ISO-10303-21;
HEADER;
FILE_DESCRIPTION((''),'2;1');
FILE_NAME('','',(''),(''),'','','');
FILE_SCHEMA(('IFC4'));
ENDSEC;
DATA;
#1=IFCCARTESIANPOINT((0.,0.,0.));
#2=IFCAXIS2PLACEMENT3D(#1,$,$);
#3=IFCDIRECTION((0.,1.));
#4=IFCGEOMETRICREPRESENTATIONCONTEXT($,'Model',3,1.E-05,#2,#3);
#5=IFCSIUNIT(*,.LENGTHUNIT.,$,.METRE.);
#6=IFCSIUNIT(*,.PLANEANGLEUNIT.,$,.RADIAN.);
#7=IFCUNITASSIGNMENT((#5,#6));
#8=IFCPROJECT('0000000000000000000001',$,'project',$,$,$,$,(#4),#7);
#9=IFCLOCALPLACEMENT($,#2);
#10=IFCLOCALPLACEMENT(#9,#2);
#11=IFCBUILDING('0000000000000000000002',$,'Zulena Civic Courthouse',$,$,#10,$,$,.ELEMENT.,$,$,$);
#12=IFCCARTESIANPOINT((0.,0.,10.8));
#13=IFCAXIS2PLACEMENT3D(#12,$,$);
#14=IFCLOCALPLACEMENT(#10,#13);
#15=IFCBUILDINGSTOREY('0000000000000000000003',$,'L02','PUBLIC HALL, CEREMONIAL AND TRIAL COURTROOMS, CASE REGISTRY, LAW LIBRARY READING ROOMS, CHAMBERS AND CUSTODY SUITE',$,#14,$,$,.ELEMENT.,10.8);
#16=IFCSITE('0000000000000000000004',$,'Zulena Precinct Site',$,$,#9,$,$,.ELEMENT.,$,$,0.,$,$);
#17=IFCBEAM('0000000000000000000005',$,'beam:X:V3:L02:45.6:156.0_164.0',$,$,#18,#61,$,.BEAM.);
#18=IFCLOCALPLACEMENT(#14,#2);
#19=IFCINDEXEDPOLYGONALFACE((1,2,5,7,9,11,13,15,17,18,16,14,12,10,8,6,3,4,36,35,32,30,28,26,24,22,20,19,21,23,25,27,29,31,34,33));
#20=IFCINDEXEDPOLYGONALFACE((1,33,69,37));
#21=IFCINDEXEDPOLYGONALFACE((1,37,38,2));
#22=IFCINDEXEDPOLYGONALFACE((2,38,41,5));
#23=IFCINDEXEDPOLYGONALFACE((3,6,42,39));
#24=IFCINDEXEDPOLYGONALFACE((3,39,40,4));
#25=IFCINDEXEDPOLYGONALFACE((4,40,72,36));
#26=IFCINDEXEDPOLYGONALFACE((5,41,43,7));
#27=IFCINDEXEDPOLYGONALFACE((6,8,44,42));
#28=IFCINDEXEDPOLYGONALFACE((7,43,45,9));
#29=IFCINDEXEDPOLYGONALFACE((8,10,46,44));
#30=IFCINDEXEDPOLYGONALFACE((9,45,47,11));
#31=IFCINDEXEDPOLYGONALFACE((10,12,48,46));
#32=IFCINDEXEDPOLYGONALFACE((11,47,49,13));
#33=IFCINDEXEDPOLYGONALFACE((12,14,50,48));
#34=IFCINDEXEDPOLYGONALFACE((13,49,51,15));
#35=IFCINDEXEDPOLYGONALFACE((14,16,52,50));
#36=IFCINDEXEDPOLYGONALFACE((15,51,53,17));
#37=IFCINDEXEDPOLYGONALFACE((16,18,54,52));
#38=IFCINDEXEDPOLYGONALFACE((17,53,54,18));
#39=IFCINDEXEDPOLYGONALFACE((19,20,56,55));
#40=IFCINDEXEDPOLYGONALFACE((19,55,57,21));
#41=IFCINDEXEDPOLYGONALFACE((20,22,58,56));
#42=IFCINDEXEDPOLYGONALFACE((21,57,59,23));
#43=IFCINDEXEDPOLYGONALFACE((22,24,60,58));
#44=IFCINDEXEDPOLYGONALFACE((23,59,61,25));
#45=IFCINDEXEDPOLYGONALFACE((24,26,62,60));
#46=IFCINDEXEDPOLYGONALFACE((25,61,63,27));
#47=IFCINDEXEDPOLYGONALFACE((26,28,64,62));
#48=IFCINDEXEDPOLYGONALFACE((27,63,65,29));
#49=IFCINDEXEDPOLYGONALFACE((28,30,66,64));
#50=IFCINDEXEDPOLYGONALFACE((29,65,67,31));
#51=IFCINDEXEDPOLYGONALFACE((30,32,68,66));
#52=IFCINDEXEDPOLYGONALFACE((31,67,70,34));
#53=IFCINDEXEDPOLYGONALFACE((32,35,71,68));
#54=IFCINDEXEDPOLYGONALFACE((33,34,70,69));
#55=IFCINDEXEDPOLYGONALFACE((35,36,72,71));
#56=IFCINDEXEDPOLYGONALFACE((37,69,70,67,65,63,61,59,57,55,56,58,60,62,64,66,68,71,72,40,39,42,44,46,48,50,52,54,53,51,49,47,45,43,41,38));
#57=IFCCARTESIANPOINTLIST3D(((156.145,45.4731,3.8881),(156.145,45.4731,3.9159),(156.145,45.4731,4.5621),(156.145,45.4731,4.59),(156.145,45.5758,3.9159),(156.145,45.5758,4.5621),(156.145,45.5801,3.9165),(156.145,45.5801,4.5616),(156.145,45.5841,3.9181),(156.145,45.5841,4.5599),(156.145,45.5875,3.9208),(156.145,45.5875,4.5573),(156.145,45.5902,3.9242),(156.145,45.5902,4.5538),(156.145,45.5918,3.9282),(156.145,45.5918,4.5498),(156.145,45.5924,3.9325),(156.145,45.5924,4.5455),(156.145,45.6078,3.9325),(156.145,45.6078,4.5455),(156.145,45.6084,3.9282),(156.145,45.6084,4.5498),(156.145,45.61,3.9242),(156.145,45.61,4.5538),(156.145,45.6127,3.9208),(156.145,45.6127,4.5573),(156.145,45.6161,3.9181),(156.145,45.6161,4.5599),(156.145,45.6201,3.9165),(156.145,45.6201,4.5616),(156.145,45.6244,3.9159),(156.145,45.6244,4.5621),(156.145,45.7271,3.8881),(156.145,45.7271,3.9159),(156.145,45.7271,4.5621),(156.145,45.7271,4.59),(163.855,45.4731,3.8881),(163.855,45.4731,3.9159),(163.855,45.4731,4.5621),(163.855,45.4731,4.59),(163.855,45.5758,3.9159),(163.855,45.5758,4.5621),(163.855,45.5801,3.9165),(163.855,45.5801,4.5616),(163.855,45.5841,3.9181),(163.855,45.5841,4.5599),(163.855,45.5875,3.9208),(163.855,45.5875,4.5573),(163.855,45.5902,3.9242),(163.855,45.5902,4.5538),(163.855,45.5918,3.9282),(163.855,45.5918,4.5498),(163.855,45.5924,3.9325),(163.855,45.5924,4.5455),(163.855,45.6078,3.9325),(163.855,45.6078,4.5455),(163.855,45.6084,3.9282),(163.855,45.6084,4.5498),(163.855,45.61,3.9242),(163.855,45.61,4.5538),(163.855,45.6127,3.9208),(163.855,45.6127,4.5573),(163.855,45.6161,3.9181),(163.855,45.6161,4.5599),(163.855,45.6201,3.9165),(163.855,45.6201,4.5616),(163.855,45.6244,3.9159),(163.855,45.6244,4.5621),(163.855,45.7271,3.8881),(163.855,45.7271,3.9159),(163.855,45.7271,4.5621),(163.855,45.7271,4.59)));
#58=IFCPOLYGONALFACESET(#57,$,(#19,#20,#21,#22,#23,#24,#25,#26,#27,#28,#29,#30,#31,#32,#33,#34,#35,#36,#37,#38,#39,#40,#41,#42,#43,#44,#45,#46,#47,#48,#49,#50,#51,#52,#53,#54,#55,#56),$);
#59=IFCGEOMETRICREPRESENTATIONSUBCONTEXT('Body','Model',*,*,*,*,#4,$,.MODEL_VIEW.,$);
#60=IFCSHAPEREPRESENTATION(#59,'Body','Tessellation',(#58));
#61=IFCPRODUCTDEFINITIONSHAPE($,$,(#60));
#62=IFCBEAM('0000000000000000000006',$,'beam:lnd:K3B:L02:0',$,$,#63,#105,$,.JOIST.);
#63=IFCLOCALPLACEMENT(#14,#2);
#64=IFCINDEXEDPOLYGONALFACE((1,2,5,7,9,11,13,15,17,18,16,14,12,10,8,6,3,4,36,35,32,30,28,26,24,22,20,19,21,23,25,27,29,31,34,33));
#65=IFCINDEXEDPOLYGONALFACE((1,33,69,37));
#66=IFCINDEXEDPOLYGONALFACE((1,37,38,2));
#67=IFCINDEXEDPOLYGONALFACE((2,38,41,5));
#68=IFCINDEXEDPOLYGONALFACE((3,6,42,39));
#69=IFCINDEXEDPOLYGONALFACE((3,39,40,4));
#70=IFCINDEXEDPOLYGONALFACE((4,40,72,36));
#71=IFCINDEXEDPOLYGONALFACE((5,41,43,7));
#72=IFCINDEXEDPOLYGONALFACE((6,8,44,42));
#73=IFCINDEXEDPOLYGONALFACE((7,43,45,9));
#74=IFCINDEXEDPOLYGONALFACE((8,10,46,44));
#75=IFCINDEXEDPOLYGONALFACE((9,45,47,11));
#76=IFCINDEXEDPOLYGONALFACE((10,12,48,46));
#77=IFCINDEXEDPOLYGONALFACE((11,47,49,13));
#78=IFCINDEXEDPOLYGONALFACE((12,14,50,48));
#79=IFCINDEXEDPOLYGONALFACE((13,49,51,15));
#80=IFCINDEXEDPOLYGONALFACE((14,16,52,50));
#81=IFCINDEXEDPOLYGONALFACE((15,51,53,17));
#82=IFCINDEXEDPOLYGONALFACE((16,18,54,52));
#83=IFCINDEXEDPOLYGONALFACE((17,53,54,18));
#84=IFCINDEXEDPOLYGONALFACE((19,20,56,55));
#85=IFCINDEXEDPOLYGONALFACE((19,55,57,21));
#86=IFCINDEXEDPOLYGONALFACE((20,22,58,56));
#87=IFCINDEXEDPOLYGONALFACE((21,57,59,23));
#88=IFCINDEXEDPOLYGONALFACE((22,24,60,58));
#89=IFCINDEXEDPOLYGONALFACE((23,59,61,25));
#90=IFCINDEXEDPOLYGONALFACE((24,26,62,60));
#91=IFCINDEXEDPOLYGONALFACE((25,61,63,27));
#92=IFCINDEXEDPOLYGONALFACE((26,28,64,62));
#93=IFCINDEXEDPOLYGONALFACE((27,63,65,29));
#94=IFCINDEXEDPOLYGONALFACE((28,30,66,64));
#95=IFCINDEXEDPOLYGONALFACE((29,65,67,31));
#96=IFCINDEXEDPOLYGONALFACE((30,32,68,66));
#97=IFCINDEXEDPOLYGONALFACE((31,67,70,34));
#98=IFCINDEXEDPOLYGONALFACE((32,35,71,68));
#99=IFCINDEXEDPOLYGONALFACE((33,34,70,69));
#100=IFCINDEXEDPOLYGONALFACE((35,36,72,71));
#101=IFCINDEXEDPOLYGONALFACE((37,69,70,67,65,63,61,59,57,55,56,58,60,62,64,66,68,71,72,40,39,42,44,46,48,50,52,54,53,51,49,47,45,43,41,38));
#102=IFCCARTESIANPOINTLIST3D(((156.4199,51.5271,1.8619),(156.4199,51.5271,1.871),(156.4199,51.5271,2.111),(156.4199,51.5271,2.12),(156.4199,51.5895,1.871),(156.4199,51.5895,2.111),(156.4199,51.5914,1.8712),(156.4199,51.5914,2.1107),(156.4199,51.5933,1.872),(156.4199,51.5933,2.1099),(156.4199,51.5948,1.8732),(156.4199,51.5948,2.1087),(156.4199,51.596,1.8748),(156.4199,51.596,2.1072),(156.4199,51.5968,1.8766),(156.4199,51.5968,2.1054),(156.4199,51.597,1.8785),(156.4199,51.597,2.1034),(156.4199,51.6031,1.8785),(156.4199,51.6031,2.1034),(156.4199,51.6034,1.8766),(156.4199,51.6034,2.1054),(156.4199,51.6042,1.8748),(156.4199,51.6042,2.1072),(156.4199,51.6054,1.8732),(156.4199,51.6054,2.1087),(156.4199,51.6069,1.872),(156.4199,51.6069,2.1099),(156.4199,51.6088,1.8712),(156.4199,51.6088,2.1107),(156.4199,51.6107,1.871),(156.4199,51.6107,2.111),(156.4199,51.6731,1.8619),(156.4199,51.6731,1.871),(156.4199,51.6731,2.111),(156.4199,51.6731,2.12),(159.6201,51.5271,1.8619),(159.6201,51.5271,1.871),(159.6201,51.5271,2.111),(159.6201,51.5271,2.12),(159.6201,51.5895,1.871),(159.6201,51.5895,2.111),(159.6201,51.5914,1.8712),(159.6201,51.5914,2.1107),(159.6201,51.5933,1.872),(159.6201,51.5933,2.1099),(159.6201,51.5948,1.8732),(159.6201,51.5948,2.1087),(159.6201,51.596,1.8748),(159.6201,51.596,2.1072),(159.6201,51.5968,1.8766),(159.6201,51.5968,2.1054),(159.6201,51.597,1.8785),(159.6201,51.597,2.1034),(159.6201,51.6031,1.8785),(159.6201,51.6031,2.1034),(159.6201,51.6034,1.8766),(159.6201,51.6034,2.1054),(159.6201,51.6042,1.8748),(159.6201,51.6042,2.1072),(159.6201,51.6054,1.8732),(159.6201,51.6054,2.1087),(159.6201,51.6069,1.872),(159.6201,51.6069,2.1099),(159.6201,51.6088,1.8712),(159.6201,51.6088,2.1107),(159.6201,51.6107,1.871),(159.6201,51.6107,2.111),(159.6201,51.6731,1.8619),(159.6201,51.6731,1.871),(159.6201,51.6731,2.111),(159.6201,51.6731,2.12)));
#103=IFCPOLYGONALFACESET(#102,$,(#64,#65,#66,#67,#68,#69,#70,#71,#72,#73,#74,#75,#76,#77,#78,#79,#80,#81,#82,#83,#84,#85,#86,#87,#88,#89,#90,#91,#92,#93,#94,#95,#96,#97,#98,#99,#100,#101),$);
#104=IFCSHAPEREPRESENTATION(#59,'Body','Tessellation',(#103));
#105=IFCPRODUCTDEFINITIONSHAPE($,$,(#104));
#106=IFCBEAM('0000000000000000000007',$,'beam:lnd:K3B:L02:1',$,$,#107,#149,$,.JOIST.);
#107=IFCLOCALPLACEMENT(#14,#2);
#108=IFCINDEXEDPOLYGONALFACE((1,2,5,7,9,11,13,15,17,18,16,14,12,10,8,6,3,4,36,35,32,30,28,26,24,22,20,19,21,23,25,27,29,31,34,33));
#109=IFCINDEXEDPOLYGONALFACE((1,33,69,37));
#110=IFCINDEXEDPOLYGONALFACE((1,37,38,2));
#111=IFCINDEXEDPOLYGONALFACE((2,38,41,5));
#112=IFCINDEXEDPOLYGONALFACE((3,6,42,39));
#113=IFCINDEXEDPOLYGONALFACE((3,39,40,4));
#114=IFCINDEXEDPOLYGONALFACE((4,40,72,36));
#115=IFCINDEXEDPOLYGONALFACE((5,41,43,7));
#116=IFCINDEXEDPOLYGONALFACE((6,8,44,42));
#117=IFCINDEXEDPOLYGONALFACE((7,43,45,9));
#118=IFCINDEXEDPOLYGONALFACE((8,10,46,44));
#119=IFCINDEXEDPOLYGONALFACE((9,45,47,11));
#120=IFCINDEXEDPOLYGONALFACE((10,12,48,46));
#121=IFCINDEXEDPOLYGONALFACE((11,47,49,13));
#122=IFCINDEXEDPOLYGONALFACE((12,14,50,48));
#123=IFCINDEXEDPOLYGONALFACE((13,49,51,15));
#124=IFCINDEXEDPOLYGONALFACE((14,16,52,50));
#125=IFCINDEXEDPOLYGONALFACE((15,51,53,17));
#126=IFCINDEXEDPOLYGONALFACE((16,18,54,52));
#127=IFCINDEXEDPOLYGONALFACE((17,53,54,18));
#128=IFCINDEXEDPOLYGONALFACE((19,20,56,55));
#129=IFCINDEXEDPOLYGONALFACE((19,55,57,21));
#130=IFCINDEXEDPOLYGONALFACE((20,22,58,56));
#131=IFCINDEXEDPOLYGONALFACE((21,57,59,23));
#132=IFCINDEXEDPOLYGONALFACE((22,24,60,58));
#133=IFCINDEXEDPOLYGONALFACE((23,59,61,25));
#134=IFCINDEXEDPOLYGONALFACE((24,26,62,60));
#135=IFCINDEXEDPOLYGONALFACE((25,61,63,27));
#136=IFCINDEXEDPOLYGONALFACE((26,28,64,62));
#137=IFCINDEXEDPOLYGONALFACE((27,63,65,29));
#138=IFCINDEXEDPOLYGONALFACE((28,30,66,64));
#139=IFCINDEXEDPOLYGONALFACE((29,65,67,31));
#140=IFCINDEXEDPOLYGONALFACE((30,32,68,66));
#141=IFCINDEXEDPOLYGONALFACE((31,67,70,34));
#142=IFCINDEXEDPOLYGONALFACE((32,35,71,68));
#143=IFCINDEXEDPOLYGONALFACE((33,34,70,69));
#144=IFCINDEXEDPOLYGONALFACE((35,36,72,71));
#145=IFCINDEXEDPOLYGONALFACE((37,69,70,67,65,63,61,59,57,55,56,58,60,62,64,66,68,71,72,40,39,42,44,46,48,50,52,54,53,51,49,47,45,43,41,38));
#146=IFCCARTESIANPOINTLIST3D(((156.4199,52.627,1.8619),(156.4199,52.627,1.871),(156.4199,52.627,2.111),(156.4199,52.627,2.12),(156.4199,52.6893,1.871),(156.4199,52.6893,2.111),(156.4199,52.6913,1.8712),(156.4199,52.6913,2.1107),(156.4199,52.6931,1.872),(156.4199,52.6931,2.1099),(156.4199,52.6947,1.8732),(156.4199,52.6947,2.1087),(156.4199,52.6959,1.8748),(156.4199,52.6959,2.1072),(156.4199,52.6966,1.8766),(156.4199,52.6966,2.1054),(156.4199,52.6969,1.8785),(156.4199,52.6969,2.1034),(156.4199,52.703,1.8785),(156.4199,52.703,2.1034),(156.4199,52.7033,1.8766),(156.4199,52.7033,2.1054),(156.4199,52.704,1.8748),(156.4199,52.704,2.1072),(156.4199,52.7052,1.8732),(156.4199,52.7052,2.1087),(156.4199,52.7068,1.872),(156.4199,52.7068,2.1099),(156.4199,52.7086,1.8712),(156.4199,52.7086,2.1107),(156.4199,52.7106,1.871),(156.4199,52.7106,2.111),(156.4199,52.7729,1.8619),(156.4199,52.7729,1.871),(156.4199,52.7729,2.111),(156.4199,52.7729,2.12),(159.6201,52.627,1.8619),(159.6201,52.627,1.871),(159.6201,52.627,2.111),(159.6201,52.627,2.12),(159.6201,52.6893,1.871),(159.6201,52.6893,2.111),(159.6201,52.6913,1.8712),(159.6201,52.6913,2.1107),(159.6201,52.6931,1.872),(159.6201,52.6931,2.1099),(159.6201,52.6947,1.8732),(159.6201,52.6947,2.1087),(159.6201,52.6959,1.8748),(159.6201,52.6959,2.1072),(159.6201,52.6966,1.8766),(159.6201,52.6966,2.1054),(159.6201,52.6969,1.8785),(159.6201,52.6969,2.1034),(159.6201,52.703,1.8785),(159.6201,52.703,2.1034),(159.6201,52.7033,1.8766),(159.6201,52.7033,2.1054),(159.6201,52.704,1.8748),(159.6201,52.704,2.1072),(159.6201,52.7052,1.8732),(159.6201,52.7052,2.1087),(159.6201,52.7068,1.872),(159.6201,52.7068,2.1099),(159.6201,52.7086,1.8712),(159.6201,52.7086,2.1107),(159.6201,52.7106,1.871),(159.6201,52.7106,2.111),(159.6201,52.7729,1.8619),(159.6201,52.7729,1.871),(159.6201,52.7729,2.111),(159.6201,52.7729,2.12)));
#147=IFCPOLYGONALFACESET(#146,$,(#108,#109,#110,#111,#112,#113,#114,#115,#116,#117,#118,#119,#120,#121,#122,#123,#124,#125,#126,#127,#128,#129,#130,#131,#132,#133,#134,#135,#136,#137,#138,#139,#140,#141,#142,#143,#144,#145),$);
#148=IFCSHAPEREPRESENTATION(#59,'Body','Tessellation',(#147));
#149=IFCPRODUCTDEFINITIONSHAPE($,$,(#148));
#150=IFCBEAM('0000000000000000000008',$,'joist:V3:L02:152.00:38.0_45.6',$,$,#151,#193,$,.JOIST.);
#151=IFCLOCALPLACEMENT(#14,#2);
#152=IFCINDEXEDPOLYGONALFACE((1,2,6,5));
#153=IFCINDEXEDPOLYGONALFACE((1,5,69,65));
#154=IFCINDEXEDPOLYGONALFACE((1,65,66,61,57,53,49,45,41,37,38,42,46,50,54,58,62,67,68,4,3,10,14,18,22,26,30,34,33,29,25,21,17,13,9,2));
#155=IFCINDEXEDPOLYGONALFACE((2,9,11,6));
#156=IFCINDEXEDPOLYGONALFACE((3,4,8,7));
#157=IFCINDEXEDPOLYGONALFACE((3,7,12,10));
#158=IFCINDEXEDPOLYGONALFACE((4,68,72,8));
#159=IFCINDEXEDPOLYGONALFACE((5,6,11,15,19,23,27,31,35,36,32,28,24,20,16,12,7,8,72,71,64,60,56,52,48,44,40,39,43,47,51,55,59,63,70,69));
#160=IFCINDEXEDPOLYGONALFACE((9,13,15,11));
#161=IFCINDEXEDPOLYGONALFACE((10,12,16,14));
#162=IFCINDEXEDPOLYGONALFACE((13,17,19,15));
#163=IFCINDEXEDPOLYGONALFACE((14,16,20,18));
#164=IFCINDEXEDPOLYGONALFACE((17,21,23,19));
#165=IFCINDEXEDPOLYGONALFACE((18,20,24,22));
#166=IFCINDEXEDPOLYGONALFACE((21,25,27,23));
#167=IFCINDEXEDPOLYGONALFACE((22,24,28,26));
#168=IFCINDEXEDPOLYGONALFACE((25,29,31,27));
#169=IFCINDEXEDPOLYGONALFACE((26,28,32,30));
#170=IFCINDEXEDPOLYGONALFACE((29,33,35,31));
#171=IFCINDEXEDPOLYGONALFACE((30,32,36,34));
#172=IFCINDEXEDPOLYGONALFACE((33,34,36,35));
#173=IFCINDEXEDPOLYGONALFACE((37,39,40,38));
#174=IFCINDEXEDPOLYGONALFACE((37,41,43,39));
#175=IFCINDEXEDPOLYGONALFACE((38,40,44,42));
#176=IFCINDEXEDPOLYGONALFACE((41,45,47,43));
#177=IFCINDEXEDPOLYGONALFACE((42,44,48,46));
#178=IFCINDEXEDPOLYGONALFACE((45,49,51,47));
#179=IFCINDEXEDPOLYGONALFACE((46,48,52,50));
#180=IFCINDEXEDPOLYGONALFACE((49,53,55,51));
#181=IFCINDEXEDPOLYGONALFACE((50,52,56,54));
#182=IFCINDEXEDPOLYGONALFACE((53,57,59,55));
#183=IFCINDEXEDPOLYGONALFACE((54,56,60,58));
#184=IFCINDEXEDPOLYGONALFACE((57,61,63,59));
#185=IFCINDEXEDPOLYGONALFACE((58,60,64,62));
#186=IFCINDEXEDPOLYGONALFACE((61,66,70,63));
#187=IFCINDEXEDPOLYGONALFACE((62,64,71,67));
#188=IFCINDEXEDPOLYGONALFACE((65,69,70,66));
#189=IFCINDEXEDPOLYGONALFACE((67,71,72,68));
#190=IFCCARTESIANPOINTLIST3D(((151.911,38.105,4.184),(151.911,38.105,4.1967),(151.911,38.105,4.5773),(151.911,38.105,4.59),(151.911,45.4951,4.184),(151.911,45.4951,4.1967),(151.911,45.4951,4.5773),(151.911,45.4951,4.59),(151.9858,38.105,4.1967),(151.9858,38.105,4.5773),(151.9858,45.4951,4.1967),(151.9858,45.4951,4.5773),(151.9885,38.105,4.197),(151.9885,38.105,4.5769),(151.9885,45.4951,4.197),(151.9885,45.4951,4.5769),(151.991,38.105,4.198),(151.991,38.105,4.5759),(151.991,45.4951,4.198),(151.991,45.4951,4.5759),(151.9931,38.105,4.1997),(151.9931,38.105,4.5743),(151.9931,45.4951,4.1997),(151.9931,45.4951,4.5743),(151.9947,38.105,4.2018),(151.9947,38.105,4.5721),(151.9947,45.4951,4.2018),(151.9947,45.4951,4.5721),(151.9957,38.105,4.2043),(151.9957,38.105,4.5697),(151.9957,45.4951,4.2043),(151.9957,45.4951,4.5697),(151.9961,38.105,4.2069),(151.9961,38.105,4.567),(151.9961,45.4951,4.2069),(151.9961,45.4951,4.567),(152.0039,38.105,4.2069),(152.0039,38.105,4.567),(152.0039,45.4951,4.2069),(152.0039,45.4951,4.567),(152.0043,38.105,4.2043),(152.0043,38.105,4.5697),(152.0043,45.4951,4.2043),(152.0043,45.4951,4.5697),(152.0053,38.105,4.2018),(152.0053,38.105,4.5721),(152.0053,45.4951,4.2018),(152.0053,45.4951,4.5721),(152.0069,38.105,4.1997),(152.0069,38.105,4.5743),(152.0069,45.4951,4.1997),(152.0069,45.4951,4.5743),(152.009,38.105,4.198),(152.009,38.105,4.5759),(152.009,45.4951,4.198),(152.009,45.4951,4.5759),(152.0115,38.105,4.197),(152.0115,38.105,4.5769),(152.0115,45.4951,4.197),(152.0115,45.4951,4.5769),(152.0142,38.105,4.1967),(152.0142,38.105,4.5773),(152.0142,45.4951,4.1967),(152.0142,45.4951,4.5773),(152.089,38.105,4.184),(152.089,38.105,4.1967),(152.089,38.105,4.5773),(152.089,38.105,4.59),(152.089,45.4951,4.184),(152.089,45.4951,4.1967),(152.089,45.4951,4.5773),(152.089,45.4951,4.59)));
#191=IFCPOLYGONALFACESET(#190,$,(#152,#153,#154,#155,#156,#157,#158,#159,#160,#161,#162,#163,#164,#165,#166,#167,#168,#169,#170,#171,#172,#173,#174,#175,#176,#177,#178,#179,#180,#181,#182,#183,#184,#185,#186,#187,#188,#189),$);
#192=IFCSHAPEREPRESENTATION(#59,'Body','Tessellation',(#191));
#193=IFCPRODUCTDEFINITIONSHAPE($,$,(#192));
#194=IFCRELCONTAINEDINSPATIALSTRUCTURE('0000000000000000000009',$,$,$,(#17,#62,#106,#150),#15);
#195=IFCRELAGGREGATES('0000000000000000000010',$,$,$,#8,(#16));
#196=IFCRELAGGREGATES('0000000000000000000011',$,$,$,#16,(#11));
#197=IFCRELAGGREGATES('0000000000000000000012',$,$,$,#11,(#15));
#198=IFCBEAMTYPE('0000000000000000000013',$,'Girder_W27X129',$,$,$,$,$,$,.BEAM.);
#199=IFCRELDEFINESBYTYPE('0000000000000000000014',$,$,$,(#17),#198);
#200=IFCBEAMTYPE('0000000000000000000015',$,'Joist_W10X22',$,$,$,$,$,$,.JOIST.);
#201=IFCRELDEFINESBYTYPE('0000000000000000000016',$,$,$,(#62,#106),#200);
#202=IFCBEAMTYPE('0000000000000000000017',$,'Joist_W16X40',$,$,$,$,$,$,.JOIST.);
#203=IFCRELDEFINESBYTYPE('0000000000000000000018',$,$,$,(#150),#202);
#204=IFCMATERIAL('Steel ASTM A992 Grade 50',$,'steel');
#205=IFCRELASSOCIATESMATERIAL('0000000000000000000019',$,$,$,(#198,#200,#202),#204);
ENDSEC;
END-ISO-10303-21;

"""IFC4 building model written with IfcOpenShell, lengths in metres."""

from ifc_helpers import new_model, si_unit, direction, frame, origin, origin_2d, place, context, subcontext, project, spatial, i_section, extrude, material, material_profile, profile_set, type_object, element, save


model = new_model("IFC4")

# Units and contexts
model_context = context("Model", 3, precision=1e-05, world=origin(), true_north=direction((0.0, 1.0)))
body_context = subcontext(model_context, "Body", "Model", "MODEL_VIEW")
ifc_project = project(units=[si_unit("LENGTHUNIT", "METRE"), si_unit("PLANEANGLEUNIT", "RADIAN")], contexts=[model_context])

# Site, building, storey
site_placement = place(None, origin())
site = spatial("IfcSite", under=ifc_project, at=site_placement, Name="Zulena Precinct Site", CompositionType="ELEMENT", RefElevation=0.0)
building_placement = place(site_placement, origin())
building = spatial("IfcBuilding", under=site, at=building_placement, Name="Zulena Civic Courthouse", CompositionType="ELEMENT")
storey_placement = place(building_placement, frame((0.0, 0.0, 10.8)))
storey = spatial("IfcBuildingStorey", under=building, at=storey_placement, Name="L02", Description="PUBLIC HALL, CEREMONIAL AND TRIAL COURTROOMS, CASE REGISTRY, LAW LIBRARY READING ROOMS, CHAMBERS AND CUSTODY SUITE", CompositionType="ELEMENT", Elevation=10.8)

# Shared definitions
ifc_material_1 = material(Name="Steel ASTM A992 Grade 50", Category="steel")

# Beams
ifc_material_profile_1 = material_profile(ifc_material_1, i_section(OverallWidth=0.2539, OverallDepth=0.7019, WebThickness=0.0154, FlangeThickness=0.0278, FilletRadius=0.0166, at=origin_2d()), Name="W27X129")
ifc_profile_set_1 = profile_set([ifc_material_profile_1], Name="Steel ASTM A992 Grade 50")
beam_type_1 = type_object("IfcBeamType", Name="Girder_W27X129", PredefinedType="BEAM", material=ifc_profile_set_1)
for number, where, z_axis, x_axis, name in (
    (1, (156.145, 45.6001, 4.239), (1.0, 0.0, 0.0), (0.0, 1.0, 0.0), "beam:X:V3:L02:45.6:156.0_164.0"),
):
    element("IfcBeam", number, at=place(storey_placement, frame(where, z_axis=z_axis, x_axis=x_axis)), inside=storey, type_object=beam_type_1, Name=name, PredefinedType="BEAM", context=body_context, shape_type="SweptSolid", body=[
        extrude(i_section(OverallWidth=0.2539, OverallDepth=0.7019, WebThickness=0.0154, FlangeThickness=0.0278, FilletRadius=0.0166, at=origin_2d()), origin(), (0.0, 0.0, 1.0), 7.71),
    ])
ifc_material_profile_2 = material_profile(ifc_material_1, i_section(OverallWidth=0.146, OverallDepth=0.2581, WebThickness=0.0061, FlangeThickness=0.009, FilletRadius=0.0076, at=origin_2d()), Name="W10X22")
ifc_profile_set_2 = profile_set([ifc_material_profile_2], Name="Steel ASTM A992 Grade 50")
beam_type_2 = type_object("IfcBeamType", Name="Joist_W10X22", PredefinedType="JOIST", material=ifc_profile_set_2)
for number, where, z_axis, x_axis, name in (
    (2, (156.4199, 51.6001, 1.991), (1.0, 0.0, 0.0), (0.0, 1.0, 0.0), "beam:lnd:K3B:L02:0"),
    (3, (156.4199, 52.7, 1.991), (1.0, 0.0, 0.0), (0.0, 1.0, 0.0), "beam:lnd:K3B:L02:1"),
):
    element("IfcBeam", number, at=place(storey_placement, frame(where, z_axis=z_axis, x_axis=x_axis)), inside=storey, type_object=beam_type_2, Name=name, PredefinedType="JOIST", context=body_context, shape_type="SweptSolid", body=[
        extrude(i_section(OverallWidth=0.146, OverallDepth=0.2581, WebThickness=0.0061, FlangeThickness=0.009, FilletRadius=0.0076, at=origin_2d()), origin(), (0.0, 0.0, 1.0), 3.2002),
    ])
ifc_material_profile_3 = material_profile(ifc_material_1, i_section(OverallWidth=0.178, OverallDepth=0.406, WebThickness=0.0078, FlangeThickness=0.0127, FilletRadius=0.0103, at=origin_2d()), Name="W16X40")
ifc_profile_set_3 = profile_set([ifc_material_profile_3], Name="Steel ASTM A992 Grade 50")
beam_type_3 = type_object("IfcBeamType", Name="Joist_W16X40", PredefinedType="JOIST", material=ifc_profile_set_3)
beam_1_placement = place(storey_placement, frame((152.0, 38.105, 4.387), z_axis=(0.0, 1.0, 0.0), x_axis=(-1.0, 0.0, 0.0)))
element("IfcBeam", 4, at=beam_1_placement, inside=storey, type_object=beam_type_3, Name="joist:V3:L02:152.00:38.0_45.6", PredefinedType="JOIST", context=body_context, shape_type="SweptSolid", body=[
    extrude(i_section(OverallWidth=0.178, OverallDepth=0.406, WebThickness=0.0078, FlangeThickness=0.0127, FilletRadius=0.0103, at=origin_2d()), origin(), (0.0, 0.0, 1.0), 7.3901),
])

save(model, "model.ifc")
